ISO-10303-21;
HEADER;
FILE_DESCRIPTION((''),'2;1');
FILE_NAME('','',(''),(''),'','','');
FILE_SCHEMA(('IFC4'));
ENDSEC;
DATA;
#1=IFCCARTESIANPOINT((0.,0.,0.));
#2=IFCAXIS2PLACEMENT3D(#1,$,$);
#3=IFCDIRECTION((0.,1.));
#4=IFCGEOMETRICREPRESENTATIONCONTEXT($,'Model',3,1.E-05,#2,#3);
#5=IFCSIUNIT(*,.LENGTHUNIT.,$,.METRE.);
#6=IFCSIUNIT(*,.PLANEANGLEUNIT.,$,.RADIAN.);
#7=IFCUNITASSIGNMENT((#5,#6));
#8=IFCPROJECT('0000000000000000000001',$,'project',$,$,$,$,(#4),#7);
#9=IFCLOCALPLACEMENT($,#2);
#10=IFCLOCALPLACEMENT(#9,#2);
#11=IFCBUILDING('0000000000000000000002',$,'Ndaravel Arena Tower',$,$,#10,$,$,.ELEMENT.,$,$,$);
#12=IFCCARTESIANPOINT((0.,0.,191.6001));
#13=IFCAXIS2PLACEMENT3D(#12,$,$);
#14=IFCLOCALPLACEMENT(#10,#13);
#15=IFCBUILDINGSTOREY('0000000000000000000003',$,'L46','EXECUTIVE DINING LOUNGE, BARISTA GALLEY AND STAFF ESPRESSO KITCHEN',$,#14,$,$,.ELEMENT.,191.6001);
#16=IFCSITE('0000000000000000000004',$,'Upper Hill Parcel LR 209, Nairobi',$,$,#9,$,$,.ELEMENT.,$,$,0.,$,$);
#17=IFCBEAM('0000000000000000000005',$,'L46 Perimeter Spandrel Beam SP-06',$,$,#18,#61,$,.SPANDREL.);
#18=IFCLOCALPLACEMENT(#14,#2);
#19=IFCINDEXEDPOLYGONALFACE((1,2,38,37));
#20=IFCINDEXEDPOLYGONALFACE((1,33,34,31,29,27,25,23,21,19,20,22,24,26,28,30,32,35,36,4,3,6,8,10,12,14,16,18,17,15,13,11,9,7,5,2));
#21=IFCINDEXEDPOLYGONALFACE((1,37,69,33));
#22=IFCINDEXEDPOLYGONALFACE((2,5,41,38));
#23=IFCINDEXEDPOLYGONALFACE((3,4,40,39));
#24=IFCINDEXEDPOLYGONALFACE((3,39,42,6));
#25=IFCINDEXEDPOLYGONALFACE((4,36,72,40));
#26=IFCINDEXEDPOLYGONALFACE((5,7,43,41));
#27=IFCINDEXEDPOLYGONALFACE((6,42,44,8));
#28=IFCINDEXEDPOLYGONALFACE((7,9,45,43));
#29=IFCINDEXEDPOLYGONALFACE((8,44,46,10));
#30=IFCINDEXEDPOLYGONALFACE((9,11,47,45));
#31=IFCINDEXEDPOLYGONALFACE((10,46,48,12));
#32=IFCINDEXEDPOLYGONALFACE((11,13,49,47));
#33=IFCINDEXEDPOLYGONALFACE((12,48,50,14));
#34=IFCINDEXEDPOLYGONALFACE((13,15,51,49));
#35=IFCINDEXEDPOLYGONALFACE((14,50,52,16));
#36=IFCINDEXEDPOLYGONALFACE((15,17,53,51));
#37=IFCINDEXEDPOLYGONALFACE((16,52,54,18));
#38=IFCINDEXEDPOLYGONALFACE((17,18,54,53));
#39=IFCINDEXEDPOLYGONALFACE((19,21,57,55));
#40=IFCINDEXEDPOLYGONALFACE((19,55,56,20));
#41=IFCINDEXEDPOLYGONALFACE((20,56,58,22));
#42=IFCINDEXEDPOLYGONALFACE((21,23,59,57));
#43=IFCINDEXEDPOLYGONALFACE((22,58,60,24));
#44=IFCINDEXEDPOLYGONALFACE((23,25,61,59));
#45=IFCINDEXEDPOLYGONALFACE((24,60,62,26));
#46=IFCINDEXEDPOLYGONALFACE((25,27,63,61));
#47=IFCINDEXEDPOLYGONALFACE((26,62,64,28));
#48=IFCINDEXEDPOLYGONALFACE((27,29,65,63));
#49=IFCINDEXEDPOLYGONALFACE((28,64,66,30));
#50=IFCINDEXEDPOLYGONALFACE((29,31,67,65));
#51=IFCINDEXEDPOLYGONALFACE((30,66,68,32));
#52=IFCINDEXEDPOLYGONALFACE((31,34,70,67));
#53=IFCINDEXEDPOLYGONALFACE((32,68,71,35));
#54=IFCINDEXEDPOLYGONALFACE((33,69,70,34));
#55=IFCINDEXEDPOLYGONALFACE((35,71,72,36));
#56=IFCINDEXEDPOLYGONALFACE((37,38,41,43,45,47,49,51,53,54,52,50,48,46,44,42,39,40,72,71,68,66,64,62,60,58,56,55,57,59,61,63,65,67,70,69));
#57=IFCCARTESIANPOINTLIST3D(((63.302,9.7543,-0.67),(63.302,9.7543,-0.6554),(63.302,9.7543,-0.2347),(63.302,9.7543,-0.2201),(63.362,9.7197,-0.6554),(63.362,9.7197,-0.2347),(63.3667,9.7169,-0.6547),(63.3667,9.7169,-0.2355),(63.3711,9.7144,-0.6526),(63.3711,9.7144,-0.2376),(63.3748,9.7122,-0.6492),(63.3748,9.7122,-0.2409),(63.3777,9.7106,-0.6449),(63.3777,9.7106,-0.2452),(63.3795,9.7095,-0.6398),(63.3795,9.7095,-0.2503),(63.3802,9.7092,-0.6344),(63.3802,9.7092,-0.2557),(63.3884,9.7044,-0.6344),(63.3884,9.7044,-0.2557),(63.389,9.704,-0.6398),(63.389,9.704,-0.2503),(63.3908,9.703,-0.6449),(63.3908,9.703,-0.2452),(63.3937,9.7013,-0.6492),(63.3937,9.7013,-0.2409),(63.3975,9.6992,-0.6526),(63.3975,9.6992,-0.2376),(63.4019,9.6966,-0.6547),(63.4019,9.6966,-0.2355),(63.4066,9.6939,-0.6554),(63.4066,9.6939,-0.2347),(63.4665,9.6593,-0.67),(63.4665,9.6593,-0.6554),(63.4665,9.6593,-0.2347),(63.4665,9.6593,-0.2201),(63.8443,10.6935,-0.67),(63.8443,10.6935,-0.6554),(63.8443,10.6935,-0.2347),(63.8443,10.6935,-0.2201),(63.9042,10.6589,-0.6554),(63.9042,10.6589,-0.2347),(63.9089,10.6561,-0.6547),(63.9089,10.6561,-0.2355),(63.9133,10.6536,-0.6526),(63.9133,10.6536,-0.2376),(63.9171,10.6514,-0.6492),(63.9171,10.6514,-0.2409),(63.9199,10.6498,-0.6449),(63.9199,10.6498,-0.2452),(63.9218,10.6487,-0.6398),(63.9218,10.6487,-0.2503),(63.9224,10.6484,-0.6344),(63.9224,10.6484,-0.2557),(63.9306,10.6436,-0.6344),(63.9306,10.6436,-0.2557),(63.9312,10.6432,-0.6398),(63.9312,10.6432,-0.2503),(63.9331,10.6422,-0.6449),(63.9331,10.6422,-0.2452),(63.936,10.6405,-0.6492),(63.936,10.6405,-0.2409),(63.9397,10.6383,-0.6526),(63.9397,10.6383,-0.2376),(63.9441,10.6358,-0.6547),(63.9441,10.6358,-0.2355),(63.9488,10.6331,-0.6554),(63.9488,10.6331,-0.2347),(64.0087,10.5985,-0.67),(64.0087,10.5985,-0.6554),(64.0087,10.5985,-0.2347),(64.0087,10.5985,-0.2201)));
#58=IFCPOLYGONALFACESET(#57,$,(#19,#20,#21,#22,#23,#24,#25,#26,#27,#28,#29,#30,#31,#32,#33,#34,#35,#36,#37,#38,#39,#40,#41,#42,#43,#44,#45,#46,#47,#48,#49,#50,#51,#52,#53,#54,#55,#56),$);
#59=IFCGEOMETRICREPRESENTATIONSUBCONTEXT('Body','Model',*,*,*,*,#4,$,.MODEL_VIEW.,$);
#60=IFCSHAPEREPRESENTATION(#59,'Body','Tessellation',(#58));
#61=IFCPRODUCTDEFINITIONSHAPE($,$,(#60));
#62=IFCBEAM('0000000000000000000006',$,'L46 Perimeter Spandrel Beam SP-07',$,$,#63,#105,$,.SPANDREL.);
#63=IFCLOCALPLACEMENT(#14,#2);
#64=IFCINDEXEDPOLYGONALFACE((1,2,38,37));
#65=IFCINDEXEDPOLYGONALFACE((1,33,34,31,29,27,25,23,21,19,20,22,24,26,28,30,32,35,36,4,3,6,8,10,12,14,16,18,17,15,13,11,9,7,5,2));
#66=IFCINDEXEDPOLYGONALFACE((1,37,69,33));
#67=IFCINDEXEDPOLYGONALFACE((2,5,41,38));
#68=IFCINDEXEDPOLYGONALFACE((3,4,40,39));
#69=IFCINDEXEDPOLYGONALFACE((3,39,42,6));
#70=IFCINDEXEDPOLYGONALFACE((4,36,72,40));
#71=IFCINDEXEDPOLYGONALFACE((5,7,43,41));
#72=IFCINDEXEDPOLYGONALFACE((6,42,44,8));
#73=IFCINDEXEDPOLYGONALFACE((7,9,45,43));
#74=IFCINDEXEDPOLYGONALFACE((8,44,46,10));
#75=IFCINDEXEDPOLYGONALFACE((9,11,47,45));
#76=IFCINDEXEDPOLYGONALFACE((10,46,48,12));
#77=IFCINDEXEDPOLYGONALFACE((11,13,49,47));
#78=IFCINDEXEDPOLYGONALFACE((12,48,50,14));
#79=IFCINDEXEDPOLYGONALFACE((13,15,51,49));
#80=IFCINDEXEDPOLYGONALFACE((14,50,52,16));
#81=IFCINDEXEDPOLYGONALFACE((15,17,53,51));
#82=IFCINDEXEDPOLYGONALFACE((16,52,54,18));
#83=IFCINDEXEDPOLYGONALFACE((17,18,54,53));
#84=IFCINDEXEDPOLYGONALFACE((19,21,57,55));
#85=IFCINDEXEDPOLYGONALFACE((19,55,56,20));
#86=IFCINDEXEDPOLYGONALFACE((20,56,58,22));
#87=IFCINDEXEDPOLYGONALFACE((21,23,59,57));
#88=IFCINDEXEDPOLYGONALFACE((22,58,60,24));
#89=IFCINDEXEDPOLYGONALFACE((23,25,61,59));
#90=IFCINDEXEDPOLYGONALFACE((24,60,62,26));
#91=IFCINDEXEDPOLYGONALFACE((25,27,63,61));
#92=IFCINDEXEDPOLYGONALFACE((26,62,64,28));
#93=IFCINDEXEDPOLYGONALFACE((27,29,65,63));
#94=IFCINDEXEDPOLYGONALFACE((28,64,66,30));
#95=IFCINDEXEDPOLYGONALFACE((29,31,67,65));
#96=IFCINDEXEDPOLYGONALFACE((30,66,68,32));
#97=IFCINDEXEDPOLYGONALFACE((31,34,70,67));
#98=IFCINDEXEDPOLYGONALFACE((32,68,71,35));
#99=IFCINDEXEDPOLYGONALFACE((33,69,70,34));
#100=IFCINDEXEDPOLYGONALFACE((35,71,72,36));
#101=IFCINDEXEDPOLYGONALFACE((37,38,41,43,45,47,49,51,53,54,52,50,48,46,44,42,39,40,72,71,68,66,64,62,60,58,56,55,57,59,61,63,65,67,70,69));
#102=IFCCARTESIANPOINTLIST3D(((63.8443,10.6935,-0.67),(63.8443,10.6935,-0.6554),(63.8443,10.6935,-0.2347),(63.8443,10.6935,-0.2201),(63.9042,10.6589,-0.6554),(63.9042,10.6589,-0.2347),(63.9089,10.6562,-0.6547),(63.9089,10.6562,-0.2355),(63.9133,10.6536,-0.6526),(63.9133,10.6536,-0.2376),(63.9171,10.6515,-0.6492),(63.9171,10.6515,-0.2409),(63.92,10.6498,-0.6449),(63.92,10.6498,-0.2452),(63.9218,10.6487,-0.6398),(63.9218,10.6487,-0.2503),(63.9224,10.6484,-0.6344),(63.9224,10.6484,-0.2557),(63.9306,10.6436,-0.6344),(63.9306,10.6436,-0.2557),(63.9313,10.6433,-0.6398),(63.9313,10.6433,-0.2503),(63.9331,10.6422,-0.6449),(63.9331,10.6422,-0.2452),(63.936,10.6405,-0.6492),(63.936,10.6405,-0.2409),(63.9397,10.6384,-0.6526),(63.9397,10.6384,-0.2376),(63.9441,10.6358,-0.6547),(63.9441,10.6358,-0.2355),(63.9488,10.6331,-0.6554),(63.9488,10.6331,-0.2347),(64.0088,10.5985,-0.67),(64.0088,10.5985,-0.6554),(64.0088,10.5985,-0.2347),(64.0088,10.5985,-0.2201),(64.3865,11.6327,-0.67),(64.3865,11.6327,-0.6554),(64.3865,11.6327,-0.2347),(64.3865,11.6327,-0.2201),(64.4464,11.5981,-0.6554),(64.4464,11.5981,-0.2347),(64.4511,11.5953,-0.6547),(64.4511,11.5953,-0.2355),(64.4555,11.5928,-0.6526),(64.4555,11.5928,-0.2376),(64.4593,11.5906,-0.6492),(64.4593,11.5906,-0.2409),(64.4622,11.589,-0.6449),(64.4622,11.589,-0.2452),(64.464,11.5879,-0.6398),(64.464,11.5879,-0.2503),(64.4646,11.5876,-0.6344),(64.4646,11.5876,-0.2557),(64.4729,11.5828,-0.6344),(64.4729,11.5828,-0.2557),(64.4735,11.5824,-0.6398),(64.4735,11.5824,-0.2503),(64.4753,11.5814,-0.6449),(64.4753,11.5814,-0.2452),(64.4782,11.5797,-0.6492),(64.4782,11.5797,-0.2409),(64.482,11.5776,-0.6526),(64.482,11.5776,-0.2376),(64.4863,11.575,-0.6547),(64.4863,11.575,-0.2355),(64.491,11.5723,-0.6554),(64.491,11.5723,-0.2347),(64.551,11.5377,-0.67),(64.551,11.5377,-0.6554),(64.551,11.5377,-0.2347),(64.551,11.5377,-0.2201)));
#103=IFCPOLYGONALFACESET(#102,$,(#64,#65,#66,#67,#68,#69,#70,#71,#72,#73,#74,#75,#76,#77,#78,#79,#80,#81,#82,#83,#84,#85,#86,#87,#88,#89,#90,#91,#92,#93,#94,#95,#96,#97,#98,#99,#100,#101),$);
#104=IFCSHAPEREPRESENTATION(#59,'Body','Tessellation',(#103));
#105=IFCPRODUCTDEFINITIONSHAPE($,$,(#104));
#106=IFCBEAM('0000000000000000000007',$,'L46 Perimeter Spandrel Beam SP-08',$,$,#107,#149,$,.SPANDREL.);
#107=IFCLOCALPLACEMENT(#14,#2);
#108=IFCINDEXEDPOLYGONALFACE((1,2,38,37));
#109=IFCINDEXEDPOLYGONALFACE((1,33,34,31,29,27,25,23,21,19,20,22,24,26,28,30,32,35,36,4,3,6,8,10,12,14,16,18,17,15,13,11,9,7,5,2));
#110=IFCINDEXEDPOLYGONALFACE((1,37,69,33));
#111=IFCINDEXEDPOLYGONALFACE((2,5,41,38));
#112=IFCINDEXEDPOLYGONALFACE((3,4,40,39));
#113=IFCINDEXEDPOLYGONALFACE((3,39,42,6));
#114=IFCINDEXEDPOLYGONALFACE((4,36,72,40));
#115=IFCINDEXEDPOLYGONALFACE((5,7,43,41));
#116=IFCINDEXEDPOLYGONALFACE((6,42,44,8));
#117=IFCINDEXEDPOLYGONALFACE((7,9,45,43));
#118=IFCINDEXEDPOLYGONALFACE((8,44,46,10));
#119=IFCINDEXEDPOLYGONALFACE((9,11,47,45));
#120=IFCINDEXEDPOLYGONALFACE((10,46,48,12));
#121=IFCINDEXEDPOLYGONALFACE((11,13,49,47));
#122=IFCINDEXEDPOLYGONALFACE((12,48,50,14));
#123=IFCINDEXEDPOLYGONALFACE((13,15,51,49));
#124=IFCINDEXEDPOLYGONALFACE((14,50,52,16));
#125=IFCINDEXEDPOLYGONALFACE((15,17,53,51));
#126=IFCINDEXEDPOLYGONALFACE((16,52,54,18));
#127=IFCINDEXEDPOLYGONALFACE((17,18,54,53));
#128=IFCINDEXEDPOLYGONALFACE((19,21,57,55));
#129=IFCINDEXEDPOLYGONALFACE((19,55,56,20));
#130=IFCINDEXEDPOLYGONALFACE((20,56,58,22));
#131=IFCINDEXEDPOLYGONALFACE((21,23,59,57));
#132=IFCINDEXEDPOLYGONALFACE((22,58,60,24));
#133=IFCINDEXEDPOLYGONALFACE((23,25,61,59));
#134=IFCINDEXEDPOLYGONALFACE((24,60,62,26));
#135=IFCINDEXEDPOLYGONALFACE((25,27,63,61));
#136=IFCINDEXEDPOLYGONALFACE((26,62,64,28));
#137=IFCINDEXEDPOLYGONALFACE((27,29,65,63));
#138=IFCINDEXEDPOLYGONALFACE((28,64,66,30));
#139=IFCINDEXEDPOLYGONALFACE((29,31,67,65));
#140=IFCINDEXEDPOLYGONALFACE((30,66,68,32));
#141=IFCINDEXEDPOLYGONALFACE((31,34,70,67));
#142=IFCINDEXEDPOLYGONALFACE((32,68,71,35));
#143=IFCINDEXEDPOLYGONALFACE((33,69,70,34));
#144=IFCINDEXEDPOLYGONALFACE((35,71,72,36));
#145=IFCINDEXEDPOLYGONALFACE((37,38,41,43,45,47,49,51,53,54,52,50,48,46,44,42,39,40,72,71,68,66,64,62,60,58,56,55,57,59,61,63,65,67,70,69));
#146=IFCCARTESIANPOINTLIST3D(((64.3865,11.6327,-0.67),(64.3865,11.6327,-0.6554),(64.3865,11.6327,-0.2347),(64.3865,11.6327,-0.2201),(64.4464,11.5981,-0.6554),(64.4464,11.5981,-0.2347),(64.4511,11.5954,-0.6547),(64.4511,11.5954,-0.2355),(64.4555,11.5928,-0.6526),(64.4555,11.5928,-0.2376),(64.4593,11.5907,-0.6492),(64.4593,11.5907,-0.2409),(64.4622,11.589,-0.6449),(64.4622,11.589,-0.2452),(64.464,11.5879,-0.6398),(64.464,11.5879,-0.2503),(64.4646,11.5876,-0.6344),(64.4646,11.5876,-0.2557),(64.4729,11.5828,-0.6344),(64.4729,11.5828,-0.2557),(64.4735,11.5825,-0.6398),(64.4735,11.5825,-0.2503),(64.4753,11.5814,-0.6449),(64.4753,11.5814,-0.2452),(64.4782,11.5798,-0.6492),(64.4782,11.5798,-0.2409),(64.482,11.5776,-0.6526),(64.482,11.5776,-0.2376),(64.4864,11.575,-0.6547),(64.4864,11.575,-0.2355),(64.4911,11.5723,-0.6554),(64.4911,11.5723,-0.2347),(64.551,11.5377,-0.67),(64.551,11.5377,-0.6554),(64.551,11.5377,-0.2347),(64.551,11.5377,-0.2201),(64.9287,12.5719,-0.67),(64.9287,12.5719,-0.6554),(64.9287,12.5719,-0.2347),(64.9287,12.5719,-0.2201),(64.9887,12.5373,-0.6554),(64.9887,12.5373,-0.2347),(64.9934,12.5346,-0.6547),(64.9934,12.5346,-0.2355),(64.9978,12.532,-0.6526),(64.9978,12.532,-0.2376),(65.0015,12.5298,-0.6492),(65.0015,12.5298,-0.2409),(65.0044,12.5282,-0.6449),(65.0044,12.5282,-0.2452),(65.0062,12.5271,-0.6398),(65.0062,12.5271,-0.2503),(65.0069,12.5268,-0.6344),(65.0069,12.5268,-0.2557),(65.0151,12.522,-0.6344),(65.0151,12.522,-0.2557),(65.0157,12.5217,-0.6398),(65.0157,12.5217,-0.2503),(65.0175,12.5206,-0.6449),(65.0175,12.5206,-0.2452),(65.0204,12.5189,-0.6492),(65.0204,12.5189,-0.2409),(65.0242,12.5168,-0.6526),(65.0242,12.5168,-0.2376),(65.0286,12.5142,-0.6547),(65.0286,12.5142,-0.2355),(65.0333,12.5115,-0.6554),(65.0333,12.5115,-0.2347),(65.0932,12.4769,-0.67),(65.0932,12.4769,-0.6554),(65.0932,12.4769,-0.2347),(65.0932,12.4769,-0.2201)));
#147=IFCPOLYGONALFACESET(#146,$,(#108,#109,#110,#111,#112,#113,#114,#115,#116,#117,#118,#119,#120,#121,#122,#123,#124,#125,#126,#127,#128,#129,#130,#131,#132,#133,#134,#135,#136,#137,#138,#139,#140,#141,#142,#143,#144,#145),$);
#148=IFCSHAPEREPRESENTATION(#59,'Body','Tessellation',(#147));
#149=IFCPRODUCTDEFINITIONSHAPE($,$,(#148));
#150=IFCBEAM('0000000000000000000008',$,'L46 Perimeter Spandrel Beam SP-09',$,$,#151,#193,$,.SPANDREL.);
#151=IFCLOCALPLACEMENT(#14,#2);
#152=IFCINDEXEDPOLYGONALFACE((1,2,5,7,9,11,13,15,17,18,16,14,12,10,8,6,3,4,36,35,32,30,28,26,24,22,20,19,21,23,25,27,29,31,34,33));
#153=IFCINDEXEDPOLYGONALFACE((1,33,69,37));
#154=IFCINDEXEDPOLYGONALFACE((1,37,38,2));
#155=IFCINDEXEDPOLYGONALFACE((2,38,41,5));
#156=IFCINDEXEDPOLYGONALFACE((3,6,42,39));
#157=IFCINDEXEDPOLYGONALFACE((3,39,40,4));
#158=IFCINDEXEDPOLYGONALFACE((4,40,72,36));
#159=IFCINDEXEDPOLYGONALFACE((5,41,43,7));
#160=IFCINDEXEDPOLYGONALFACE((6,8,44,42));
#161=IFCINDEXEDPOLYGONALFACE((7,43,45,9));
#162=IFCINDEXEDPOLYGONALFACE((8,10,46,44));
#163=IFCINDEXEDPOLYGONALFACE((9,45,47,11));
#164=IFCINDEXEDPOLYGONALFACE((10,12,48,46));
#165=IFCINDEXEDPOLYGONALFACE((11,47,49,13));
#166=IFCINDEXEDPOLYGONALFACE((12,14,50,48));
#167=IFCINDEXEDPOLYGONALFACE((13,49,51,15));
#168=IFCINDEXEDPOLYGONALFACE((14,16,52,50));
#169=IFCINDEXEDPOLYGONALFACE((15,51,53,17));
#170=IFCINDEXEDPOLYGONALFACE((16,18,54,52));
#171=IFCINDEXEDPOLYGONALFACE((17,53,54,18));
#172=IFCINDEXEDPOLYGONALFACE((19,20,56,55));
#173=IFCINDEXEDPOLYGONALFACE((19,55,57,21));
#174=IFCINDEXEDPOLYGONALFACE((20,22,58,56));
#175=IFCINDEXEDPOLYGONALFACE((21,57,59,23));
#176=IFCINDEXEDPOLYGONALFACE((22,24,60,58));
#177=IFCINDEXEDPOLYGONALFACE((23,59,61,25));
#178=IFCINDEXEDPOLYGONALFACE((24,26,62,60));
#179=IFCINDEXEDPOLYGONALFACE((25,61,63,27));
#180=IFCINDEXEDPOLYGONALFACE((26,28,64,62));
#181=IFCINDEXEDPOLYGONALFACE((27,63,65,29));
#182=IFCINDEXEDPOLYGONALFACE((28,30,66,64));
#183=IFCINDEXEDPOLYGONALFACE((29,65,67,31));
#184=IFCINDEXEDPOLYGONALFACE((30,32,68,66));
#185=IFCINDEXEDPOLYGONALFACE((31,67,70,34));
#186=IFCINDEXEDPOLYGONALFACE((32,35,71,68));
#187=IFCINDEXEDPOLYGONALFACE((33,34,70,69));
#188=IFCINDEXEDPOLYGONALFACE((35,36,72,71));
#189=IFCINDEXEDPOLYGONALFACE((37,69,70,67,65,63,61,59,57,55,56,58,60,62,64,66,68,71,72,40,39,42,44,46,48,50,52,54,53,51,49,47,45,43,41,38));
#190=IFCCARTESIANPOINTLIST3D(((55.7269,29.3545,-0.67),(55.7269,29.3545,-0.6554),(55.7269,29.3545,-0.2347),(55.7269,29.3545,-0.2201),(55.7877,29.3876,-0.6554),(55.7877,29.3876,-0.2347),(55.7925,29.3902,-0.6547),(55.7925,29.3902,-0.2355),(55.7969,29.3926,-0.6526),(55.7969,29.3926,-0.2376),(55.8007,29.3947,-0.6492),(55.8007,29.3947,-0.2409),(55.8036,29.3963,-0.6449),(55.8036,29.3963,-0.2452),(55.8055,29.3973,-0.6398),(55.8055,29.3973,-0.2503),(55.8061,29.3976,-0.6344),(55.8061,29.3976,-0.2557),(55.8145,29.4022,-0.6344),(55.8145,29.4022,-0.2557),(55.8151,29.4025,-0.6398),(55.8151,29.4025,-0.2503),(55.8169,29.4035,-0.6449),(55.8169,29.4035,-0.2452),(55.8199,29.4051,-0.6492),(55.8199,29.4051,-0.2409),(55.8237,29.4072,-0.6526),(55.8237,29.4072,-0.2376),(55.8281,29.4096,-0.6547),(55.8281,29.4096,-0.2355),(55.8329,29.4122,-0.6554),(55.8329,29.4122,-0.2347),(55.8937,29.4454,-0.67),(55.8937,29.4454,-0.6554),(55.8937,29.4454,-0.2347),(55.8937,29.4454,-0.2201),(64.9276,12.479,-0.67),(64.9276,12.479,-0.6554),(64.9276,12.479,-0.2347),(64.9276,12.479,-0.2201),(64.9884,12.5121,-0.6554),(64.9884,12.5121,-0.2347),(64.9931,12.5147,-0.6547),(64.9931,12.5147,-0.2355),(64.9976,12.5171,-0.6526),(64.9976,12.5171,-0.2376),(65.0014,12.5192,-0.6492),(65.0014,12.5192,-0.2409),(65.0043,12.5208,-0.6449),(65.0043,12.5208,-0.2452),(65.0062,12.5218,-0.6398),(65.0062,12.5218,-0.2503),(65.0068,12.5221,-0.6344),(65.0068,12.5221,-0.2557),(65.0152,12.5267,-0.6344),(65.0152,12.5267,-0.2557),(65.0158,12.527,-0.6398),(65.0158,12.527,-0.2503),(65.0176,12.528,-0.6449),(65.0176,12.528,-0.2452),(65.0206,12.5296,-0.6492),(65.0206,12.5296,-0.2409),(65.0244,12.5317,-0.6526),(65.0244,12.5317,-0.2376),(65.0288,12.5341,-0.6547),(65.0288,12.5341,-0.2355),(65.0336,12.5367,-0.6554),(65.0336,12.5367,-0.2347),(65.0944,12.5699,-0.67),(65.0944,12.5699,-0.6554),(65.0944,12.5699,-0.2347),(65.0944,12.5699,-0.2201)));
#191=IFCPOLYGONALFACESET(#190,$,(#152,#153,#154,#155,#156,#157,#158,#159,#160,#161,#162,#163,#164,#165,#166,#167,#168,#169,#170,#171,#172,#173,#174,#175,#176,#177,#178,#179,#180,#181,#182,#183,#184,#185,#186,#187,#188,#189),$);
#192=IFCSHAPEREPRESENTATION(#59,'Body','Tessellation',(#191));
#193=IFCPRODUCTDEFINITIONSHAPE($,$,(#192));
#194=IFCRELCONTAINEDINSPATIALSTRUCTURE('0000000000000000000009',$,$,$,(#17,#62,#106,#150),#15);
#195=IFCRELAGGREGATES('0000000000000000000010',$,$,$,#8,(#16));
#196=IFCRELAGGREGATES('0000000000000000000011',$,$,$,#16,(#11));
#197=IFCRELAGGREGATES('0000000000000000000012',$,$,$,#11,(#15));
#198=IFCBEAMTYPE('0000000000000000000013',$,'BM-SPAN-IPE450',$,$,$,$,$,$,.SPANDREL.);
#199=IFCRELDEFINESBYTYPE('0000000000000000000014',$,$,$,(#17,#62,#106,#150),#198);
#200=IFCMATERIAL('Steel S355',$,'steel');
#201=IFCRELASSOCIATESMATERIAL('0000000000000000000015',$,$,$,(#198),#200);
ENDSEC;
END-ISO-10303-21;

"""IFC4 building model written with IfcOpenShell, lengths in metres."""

from ifc_helpers import new_model, si_unit, direction, frame, origin, origin_2d, place, context, subcontext, project, spatial, i_section, extrude, material, material_profile, profile_set, type_object, element, save


model = new_model("IFC4")

# Units and contexts
model_context = context("Model", 3, precision=1e-05, world=origin(), true_north=direction((0.0, 1.0)))
body_context = subcontext(model_context, "Body", "Model", "MODEL_VIEW")
ifc_project = project(units=[si_unit("LENGTHUNIT", "METRE"), si_unit("PLANEANGLEUNIT", "RADIAN")], contexts=[model_context])

# Site, building, storey
site_placement = place(None, origin())
site = spatial("IfcSite", under=ifc_project, at=site_placement, Name="Upper Hill Parcel LR 209, Nairobi", CompositionType="ELEMENT", RefElevation=0.0)
building_placement = place(site_placement, origin())
building = spatial("IfcBuilding", under=site, at=building_placement, Name="Ndaravel Arena Tower", CompositionType="ELEMENT")
storey_placement = place(building_placement, frame((0.0, 0.0, 191.6001)))
storey = spatial("IfcBuildingStorey", under=building, at=storey_placement, Name="L46", Description="EXECUTIVE DINING LOUNGE, BARISTA GALLEY AND STAFF ESPRESSO KITCHEN", CompositionType="ELEMENT", Elevation=191.6001)

# Beams
ifc_material_1 = material(Name="Steel S355", Category="steel")
ifc_material_profile_1 = material_profile(ifc_material_1, i_section(OverallWidth=0.1899, OverallDepth=0.45, WebThickness=0.0095, FlangeThickness=0.0146, FilletRadius=0.021, at=origin_2d()), Name="IPE 450")
ifc_profile_set_1 = profile_set([ifc_material_profile_1], Name="Steel S355")
beam_type = type_object("IfcBeamType", Name="BM-SPAN-IPE450", PredefinedType="SPANDREL", material=ifc_profile_set_1)
for number, where, z_axis, x_axis, name in (
    (1, (63.3843, 9.7068, -0.4451), (0.499989, 0.866032, 0.0), (-0.866032, 0.499989, 0.0), "L46 Perimeter Spandrel Beam SP-06"),
    (2, (63.9265, 10.646, -0.4451), (0.499989, 0.866032, 0.0), (-0.866032, 0.499989, 0.0), "L46 Perimeter Spandrel Beam SP-07"),
    (3, (64.4688, 11.5852, -0.4451), (0.499989, 0.866032, 0.0), (-0.866032, 0.499989, 0.0), "L46 Perimeter Spandrel Beam SP-08"),
):
    element("IfcBeam", number, at=place(storey_placement, frame(where, z_axis=z_axis, x_axis=x_axis)), inside=storey, type_object=beam_type, Name=name, PredefinedType="SPANDREL", context=body_context, shape_type="SweptSolid", body=[
        extrude(i_section(OverallWidth=0.1899, OverallDepth=0.45, WebThickness=0.0095, FlangeThickness=0.0146, FilletRadius=0.021, at=origin_2d()), origin(), (0.0, 0.0, 1.0), 1.0845),
    ])
beam_1_placement = place(storey_placement, frame((65.011, 12.5244, -0.4451), z_axis=(-0.478687, 0.877986, 0.0), x_axis=(-0.877986, -0.478687, 0.0)))
element("IfcBeam", 4, at=beam_1_placement, inside=storey, type_object=beam_type, Name="L46 Perimeter Spandrel Beam SP-09", PredefinedType="SPANDREL", context=body_context, shape_type="SweptSolid", body=[
    extrude(i_section(OverallWidth=0.1899, OverallDepth=0.45, WebThickness=0.0095, FlangeThickness=0.0146, FilletRadius=0.021, at=origin_2d()), origin(), (0.0, 0.0, 1.0), 19.2207),
])

save(model, "model.ifc")
